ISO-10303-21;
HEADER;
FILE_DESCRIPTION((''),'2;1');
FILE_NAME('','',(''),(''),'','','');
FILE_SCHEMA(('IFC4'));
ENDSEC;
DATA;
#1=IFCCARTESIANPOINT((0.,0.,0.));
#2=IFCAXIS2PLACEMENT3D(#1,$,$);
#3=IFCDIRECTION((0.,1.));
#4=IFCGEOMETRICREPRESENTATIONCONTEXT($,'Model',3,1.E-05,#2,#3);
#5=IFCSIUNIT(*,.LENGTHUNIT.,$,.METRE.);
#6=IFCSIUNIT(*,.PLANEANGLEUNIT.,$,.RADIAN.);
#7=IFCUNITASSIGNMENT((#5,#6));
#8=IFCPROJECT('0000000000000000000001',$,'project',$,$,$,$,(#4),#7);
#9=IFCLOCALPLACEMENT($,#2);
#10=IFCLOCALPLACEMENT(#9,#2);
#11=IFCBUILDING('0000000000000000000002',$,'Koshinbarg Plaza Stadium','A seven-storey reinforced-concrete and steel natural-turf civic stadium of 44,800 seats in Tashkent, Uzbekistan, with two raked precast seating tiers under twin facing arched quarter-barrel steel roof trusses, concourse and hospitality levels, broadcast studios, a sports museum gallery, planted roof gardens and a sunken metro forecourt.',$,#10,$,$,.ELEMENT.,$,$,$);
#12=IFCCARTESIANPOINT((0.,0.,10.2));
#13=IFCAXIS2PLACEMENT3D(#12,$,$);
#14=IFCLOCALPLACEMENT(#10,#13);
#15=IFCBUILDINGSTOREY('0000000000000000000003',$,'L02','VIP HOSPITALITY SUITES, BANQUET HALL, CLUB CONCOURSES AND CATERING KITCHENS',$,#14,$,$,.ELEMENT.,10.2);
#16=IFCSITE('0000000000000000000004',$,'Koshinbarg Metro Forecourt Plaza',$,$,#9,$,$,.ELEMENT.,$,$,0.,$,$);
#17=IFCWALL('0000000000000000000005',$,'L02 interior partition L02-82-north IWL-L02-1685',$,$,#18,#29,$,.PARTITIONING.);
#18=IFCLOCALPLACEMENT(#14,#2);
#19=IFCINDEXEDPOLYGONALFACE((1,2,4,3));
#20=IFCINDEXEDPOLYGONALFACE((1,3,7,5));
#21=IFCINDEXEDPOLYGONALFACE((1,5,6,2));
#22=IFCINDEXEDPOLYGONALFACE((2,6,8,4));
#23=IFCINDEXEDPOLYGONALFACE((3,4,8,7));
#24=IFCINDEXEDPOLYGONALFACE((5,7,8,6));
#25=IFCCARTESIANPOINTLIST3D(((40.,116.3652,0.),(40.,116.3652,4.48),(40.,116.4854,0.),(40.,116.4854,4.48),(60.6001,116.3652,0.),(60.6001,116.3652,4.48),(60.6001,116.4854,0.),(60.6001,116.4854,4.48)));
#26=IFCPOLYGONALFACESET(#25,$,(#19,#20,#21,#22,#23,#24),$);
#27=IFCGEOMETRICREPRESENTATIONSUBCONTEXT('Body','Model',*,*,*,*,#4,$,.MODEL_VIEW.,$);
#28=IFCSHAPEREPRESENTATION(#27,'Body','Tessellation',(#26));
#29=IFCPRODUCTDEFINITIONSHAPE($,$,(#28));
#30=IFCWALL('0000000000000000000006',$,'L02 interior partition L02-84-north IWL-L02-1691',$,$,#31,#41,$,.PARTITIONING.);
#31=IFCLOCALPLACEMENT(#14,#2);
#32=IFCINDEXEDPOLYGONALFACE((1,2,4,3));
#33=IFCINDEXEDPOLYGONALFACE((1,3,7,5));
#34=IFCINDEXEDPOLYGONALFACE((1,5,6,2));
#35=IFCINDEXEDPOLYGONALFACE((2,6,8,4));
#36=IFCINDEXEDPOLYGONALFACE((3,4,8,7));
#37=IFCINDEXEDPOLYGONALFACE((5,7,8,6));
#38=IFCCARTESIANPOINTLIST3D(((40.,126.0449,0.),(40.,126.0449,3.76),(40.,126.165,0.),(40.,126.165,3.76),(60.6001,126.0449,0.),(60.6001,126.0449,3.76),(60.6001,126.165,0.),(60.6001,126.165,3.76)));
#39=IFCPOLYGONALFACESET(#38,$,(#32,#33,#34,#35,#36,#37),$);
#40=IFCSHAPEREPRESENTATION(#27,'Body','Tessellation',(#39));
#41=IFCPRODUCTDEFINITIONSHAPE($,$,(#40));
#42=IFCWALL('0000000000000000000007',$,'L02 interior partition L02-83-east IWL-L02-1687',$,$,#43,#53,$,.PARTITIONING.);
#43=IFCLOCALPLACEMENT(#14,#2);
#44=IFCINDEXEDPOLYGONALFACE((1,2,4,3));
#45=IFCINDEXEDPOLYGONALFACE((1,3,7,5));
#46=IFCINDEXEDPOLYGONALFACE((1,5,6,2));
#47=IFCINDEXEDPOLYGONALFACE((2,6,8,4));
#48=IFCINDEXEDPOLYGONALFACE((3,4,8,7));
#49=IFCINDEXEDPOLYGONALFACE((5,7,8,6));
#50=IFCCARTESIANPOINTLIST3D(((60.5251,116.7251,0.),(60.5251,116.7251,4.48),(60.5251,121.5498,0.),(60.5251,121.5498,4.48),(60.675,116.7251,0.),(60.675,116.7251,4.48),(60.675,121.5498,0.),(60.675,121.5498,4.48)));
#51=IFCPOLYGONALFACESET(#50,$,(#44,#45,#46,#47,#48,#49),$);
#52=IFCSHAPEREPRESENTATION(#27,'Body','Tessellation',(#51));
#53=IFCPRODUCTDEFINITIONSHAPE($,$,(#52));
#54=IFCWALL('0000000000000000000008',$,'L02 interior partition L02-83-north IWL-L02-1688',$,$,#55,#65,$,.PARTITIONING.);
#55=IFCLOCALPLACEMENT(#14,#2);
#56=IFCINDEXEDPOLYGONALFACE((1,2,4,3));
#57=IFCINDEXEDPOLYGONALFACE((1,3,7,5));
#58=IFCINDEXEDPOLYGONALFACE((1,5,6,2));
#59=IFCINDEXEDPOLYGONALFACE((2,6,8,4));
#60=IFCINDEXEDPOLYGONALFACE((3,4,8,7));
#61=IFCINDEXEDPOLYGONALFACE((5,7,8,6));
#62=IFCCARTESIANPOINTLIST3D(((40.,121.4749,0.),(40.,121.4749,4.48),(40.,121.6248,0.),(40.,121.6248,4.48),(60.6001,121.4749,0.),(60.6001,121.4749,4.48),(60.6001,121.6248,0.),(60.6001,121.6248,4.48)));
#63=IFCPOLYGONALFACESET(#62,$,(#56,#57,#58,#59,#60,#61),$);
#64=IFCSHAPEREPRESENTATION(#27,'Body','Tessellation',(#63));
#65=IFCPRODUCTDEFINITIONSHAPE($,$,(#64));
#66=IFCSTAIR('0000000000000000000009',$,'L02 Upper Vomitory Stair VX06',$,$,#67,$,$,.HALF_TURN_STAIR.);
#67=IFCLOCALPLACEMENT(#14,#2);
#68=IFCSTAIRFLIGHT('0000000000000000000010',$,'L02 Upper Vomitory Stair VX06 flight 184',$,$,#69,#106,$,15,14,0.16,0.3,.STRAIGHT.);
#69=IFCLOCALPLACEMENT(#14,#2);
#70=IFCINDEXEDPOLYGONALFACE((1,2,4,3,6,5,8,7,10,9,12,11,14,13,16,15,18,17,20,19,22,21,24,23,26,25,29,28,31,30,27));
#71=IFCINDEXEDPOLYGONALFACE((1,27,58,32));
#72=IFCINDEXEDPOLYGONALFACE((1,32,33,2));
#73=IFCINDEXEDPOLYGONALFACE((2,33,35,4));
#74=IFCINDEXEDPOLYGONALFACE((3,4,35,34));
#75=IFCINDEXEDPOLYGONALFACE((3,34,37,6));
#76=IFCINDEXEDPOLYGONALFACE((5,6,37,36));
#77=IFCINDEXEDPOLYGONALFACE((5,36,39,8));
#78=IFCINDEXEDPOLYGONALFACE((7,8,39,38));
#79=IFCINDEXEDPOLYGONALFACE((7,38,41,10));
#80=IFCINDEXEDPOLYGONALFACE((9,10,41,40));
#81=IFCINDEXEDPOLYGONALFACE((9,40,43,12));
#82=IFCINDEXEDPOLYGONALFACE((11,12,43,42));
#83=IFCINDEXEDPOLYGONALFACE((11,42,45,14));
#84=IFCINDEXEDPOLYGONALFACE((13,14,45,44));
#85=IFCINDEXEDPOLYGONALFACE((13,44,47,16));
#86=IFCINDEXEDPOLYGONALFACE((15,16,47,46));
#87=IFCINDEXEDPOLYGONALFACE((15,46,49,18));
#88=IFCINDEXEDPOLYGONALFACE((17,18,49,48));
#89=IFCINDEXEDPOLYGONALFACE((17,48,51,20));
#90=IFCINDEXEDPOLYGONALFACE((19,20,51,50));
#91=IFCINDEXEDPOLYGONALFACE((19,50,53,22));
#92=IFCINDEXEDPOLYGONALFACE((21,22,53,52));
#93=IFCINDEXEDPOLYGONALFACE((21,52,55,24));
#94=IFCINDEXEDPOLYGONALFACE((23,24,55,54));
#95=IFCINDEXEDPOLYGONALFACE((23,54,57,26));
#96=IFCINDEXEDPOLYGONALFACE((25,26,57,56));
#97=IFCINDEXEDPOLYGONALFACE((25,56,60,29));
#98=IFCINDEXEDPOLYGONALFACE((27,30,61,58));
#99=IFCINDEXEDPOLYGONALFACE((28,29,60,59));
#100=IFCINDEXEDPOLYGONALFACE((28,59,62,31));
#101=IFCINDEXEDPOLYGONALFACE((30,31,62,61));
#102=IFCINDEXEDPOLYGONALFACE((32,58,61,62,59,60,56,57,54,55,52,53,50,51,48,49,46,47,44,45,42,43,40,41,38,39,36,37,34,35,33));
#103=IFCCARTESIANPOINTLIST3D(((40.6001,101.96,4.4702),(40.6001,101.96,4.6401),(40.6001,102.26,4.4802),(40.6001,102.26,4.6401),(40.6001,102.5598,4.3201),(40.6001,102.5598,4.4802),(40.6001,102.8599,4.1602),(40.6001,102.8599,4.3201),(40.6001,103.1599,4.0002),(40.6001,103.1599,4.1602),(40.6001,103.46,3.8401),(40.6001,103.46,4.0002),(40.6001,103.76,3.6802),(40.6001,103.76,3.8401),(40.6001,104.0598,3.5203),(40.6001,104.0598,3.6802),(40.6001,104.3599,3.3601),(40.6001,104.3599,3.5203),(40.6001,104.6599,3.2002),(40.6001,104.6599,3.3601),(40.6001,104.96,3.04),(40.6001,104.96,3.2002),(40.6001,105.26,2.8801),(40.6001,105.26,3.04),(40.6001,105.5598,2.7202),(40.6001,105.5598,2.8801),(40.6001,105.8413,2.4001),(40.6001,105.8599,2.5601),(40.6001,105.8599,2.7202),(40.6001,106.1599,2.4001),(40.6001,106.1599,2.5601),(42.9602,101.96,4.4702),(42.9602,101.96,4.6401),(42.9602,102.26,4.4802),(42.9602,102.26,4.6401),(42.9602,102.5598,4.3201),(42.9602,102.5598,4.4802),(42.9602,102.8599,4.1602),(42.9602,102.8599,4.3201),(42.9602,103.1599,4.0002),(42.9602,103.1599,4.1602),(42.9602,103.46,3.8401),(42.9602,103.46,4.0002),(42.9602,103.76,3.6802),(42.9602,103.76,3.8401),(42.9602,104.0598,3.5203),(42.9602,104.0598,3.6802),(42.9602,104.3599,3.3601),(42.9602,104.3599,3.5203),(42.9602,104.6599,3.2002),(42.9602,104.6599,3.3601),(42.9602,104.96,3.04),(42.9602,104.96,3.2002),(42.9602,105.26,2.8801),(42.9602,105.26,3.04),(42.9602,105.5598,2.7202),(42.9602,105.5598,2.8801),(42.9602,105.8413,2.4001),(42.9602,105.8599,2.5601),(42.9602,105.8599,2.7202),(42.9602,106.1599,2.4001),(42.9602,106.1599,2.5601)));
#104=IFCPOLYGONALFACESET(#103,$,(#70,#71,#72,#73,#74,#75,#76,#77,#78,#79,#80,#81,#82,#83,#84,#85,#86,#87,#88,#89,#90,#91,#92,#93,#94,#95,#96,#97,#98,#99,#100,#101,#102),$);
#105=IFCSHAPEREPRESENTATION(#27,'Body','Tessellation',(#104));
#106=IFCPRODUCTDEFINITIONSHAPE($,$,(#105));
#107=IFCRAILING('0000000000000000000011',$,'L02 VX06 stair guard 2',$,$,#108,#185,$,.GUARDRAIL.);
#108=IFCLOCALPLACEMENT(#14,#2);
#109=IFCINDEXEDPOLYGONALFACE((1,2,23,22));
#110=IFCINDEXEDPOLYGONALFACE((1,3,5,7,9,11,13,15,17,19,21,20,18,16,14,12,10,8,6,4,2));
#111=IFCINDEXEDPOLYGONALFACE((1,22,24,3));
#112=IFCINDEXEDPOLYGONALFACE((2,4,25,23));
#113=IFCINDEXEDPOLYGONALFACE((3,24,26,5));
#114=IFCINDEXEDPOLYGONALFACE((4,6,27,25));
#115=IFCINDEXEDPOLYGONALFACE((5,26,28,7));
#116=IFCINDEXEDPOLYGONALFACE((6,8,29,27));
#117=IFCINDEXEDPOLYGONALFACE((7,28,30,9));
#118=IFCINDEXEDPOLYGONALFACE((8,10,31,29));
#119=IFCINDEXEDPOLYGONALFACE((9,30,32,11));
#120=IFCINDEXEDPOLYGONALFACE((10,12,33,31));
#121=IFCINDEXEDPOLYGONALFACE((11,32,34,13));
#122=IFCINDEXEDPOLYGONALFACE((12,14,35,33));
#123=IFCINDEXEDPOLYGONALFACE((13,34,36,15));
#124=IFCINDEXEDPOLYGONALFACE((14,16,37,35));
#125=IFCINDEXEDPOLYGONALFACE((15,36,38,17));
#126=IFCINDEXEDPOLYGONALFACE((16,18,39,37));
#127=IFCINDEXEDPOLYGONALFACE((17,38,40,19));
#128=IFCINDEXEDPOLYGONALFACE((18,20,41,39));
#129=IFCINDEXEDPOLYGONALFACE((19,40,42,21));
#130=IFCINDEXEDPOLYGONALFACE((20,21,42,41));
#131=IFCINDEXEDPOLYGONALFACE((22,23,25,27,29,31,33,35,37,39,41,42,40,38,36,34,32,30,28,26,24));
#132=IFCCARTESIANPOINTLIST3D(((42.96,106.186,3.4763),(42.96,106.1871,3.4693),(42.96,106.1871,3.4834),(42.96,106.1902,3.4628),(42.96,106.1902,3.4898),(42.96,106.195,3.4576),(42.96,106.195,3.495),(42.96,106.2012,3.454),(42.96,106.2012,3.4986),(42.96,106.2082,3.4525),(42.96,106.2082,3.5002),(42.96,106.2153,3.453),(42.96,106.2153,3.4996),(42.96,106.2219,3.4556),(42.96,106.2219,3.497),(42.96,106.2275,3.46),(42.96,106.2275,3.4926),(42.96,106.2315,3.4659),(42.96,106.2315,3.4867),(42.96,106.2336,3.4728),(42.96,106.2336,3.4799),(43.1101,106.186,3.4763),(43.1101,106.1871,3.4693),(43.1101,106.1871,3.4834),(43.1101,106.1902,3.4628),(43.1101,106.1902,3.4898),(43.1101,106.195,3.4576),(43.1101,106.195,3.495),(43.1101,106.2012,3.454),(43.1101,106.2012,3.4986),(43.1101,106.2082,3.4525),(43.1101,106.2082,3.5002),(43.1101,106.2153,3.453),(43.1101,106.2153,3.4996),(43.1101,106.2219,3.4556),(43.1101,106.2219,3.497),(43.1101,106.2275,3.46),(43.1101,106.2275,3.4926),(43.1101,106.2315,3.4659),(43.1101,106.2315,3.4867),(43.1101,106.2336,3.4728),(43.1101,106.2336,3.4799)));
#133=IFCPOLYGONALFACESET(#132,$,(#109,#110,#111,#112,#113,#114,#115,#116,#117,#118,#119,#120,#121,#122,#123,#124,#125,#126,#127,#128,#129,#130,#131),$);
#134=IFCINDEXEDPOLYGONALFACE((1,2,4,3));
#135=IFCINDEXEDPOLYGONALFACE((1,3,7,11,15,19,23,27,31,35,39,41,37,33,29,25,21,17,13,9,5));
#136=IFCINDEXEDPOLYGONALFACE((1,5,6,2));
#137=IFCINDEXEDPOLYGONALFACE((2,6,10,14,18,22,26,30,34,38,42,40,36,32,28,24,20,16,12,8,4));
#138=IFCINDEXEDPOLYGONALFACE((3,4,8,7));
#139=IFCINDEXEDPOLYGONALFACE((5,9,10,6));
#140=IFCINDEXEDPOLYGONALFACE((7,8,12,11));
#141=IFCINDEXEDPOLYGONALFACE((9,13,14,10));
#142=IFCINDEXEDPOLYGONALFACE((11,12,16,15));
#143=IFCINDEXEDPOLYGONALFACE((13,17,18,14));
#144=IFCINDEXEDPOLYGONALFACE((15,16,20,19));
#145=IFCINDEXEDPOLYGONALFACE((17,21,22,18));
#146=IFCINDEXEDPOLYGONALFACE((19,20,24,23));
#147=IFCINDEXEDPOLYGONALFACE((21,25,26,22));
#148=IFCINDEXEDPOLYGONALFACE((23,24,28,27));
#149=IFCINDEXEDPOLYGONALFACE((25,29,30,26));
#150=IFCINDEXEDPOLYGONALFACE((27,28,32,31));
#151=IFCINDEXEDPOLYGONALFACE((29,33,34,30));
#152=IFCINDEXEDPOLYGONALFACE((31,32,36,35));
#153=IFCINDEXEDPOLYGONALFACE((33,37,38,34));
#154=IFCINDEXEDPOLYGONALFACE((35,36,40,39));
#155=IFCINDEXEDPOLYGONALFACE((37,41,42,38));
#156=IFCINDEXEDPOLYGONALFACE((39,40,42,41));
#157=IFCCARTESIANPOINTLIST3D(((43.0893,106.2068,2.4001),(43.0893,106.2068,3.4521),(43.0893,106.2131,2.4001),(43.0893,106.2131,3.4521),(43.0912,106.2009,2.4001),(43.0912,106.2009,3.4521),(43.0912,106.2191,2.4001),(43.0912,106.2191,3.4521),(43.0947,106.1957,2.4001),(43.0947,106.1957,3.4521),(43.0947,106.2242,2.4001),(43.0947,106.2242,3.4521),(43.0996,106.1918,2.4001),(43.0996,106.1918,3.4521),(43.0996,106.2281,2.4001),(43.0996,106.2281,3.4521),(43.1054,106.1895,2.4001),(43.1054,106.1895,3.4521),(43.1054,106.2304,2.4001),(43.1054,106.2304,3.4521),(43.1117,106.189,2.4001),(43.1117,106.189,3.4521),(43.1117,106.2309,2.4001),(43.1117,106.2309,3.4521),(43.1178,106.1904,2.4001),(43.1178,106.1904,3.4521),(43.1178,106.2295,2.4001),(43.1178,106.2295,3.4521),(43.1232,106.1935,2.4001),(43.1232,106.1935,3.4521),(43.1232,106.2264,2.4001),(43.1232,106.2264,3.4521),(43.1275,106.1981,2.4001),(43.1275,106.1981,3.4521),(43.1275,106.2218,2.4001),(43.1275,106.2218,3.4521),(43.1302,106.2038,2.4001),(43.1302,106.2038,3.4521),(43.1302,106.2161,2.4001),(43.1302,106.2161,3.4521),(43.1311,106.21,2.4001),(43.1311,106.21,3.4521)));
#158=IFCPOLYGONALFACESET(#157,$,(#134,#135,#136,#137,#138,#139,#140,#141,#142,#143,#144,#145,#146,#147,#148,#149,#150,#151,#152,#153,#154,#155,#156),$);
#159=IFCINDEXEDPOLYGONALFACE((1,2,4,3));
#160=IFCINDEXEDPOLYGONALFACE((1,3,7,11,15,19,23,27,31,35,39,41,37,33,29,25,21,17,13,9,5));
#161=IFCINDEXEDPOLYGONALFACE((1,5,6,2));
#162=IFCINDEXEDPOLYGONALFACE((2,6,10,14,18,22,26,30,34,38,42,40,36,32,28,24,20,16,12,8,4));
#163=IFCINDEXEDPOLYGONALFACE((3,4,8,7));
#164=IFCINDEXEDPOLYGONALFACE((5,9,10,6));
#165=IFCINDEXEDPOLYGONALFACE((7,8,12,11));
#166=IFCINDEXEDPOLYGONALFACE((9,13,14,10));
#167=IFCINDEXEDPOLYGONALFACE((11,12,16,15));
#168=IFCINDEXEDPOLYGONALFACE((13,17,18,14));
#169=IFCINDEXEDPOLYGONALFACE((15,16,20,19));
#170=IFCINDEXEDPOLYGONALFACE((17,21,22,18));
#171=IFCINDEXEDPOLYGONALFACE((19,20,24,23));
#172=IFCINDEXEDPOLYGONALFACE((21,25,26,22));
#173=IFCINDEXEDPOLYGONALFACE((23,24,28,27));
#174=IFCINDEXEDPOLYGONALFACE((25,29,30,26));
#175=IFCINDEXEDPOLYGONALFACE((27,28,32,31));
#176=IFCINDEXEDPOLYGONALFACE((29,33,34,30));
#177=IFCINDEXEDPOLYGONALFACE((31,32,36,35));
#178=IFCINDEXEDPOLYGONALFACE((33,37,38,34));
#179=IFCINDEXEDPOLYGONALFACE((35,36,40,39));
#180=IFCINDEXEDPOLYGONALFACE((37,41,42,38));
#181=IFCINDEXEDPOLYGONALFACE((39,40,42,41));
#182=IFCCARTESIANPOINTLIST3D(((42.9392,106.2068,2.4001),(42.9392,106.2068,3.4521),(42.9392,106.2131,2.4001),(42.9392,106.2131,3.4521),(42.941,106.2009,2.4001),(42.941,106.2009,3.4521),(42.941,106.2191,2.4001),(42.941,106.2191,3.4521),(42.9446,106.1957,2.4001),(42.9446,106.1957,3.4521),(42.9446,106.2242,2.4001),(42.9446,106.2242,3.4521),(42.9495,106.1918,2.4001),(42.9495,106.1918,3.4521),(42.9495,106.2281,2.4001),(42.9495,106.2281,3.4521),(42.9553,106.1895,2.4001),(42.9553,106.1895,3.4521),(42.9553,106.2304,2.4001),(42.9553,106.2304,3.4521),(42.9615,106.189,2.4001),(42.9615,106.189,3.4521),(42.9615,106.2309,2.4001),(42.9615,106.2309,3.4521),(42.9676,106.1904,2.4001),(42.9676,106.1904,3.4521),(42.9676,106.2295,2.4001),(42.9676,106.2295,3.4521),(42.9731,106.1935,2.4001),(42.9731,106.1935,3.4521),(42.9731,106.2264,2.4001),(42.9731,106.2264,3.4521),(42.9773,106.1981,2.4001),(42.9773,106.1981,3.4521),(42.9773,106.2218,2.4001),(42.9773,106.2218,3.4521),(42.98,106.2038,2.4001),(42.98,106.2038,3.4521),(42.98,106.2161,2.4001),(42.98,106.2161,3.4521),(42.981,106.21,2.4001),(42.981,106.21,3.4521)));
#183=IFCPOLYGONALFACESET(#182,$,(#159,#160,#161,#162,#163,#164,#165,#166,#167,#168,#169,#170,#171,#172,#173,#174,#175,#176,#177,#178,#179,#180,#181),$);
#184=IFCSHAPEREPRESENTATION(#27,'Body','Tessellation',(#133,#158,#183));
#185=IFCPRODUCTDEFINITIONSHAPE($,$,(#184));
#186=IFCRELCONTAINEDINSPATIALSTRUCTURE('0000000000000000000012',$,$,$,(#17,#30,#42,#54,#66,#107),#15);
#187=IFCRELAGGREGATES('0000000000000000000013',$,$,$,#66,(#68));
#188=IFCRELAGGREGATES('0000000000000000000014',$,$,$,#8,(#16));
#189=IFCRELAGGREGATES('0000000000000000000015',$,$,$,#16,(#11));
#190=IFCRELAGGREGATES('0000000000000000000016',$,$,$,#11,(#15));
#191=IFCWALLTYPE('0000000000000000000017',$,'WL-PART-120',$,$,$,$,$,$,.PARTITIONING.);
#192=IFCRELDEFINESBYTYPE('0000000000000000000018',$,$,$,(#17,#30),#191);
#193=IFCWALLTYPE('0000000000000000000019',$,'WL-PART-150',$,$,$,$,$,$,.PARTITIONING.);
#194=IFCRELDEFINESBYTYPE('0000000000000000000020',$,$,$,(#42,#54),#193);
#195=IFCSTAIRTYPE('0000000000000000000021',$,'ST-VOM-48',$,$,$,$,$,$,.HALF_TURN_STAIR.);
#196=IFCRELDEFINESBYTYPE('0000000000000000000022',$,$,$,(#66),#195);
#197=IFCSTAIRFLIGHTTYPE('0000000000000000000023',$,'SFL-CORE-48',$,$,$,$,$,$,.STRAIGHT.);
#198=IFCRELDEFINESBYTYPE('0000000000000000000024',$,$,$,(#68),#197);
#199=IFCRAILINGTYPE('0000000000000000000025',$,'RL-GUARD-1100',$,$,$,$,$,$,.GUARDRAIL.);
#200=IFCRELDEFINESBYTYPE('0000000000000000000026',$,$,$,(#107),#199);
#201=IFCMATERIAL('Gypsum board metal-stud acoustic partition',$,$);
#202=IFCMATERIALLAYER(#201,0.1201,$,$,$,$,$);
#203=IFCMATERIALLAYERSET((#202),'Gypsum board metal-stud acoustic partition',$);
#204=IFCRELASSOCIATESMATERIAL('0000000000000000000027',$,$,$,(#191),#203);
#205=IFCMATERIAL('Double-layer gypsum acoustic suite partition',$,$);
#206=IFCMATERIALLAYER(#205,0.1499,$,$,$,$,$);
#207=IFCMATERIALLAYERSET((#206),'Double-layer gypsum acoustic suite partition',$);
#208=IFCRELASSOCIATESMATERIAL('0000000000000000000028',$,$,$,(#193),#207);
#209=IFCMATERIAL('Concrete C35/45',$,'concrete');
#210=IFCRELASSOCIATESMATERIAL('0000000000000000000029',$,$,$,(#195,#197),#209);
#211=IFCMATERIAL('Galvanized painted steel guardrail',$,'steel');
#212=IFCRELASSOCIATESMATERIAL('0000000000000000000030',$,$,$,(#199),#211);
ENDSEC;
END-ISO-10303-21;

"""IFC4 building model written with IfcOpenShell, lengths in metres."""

from ifc_helpers import new_model, si_unit, direction, frame, frame_2d, origin, origin_2d, place, context, subcontext, project, spatial, polyline, rectangle, circle, outline, extrude, material, layer, layer_set, type_object, element, aggregate, save


model = new_model("IFC4")

# Units and contexts
model_context = context("Model", 3, precision=1e-05, world=origin(), true_north=direction((0.0, 1.0)))
body_context = subcontext(model_context, "Body", "Model", "MODEL_VIEW")
ifc_project = project(units=[si_unit("LENGTHUNIT", "METRE"), si_unit("PLANEANGLEUNIT", "RADIAN")], contexts=[model_context])

# Site, building, storey
site_placement = place(None, origin())
site = spatial("IfcSite", under=ifc_project, at=site_placement, Name="Koshinbarg Metro Forecourt Plaza", CompositionType="ELEMENT", RefElevation=0.0)
building_placement = place(site_placement, origin())
building = spatial("IfcBuilding", under=site, at=building_placement, Name="Koshinbarg Plaza Stadium", Description="A seven-storey reinforced-concrete and steel natural-turf civic stadium of 44,800 seats in Tashkent, Uzbekistan, with two raked precast seating tiers under twin facing arched quarter-barrel steel roof trusses, concourse and hospitality levels, broadcast studios, a sports museum gallery, planted roof gardens and a sunken metro forecourt.", CompositionType="ELEMENT")
storey_placement = place(building_placement, frame((0.0, 0.0, 10.2)))
storey = spatial("IfcBuildingStorey", under=building, at=storey_placement, Name="L02", Description="VIP HOSPITALITY SUITES, BANQUET HALL, CLUB CONCOURSES AND CATERING KITCHENS", CompositionType="ELEMENT", Elevation=10.2)

# Walls
ifc_material_1 = material(Name="Gypsum board metal-stud acoustic partition")
ifc_layer_1 = layer(ifc_material_1, 0.1201)
ifc_layer_set_1 = layer_set([ifc_layer_1], Name="Gypsum board metal-stud acoustic partition")
wall_type_1 = type_object("IfcWallType", Name="WL-PART-120", PredefinedType="PARTITIONING", material=ifc_layer_set_1)
wall_1_placement = place(storey_placement, frame((60.6001, 116.4253, 0.0), z_axis=(0.0, 0.0, 1.0), x_axis=(-1.0, 0.0, 0.0)))
element("IfcWall", 1, at=wall_1_placement, inside=storey, type_object=wall_type_1, Name="L02 interior partition L02-82-north IWL-L02-1685", PredefinedType="PARTITIONING", context=body_context, shape_type="SweptSolid", body=[
    extrude(rectangle(XDim=20.6001, YDim=0.1201, at=frame_2d((10.3, 0.0))), origin(), (0.0, 0.0, 1.0), 4.48),
])
wall_2_placement = place(storey_placement, frame((60.6001, 126.105, 0.0), z_axis=(0.0, 0.0, 1.0), x_axis=(-1.0, 0.0, 0.0)))
element("IfcWall", 2, at=wall_2_placement, inside=storey, type_object=wall_type_1, Name="L02 interior partition L02-84-north IWL-L02-1691", PredefinedType="PARTITIONING", context=body_context, shape_type="SweptSolid", body=[
    extrude(rectangle(XDim=20.6001, YDim=0.1201, at=frame_2d((10.3, 0.0))), origin(), (0.0, 0.0, 1.0), 3.76),
])
ifc_material_2 = material(Name="Double-layer gypsum acoustic suite partition")
ifc_layer_2 = layer(ifc_material_2, 0.1499)
ifc_layer_set_2 = layer_set([ifc_layer_2], Name="Double-layer gypsum acoustic suite partition")
wall_type_2 = type_object("IfcWallType", Name="WL-PART-150", PredefinedType="PARTITIONING", material=ifc_layer_set_2)
wall_3_placement = place(storey_placement, frame((60.6001, 116.7251, 0.0), z_axis=(0.0, 0.0, 1.0), x_axis=(0.0, 1.0, 0.0)))
element("IfcWall", 3, at=wall_3_placement, inside=storey, type_object=wall_type_2, Name="L02 interior partition L02-83-east IWL-L02-1687", PredefinedType="PARTITIONING", context=body_context, shape_type="SweptSolid", body=[
    extrude(rectangle(XDim=4.8247, YDim=0.1499, at=frame_2d((2.4124, 0.0))), origin(), (0.0, 0.0, 1.0), 4.48),
])
wall_4_placement = place(storey_placement, frame((60.6001, 121.5498, 0.0), z_axis=(0.0, 0.0, 1.0), x_axis=(-1.0, 0.0, 0.0)))
element("IfcWall", 4, at=wall_4_placement, inside=storey, type_object=wall_type_2, Name="L02 interior partition L02-83-north IWL-L02-1688", PredefinedType="PARTITIONING", context=body_context, shape_type="SweptSolid", body=[
    extrude(rectangle(XDim=20.6001, YDim=0.1499, at=frame_2d((10.3, 0.0))), origin(), (0.0, 0.0, 1.0), 4.48),
])

# Stair, stair flight
ifc_material_3 = material(Name="Concrete C35/45", Category="concrete")
stair_type = type_object("IfcStairType", Name="ST-VOM-48", PredefinedType="HALF_TURN_STAIR", material=ifc_material_3)
stair_placement = place(storey_placement, origin())
stair = element("IfcStair", 5, at=stair_placement, inside=storey, type_object=stair_type, Name="L02 Upper Vomitory Stair VX06", PredefinedType="HALF_TURN_STAIR")
stair_flight_type = type_object("IfcStairFlightType", Name="SFL-CORE-48", PredefinedType="STRAIGHT", material=ifc_material_3)
stair_flight_placement = place(storey_placement, frame((41.78, 106.1599, 2.4001), z_axis=(0.0, 0.0, 1.0), x_axis=(0.0, -1.0, 0.0)))
stair_flight = element("IfcStairFlight", 6, at=stair_flight_placement, type_object=stair_flight_type, Name="L02 Upper Vomitory Stair VX06 flight 184", NumberOfRisers=15, NumberOfTreads=14, PredefinedType="STRAIGHT", RiserHeight=0.16, TreadLength=0.3, context=body_context, shape_type="SweptSolid", body=[
    extrude(outline(polyline([(0.0, 0.0), (0.0, 0.1599), (0.3, 0.1599), (0.3, 0.3201), (0.6001, 0.3201), (0.6001, 0.48), (0.8999, 0.48), (0.8999, 0.6399), (1.2, 0.6399), (1.2, 0.8), (1.5, 0.8), (1.5, 0.96), (1.8, 0.96), (1.8, 1.1201), (2.1001, 1.1201), (2.1001, 1.28), (2.3999, 1.28), (2.3999, 1.4399), (2.7, 1.4399), (2.7, 1.6001), (3.0, 1.6001), (3.0, 1.76), (3.3, 1.76), (3.3, 1.9199), (3.6001, 1.9199), (3.6001, 2.0801), (3.8999, 2.0801), (3.8999, 2.24), (4.2, 2.24), (4.2, 2.3999), (4.2, 2.0701), (0.3186, 0.0), (0.0, 0.0)])), frame((0.0, 1.1802, 0.0), z_axis=(0.0, -1.0, 0.0), x_axis=(1.0, 0.0, 0.0)), (0.0, 0.0, 1.0), 2.3601),
])
aggregate(stair, [stair_flight])

# Railing
ifc_material_4 = material(Name="Galvanized painted steel guardrail", Category="steel")
railing_type_1 = type_object("IfcRailingType", Name="RL-GUARD-1100", PredefinedType="GUARDRAIL", material=ifc_material_4)
railing_1_placement = place(storey_placement, frame((43.1101, 106.21, 2.4001)))
element("IfcRailing", 7, at=railing_1_placement, inside=storey, type_object=railing_type_1, Name="L02 VX06 stair guard 2", PredefinedType="GUARDRAIL", context=body_context, shape_type="SweptSolid", body=[
    extrude(circle(Radius=0.0239, at=origin_2d()), frame((0.0, 0.0, 1.0762), z_axis=(-1.0, 0.0, 0.0), x_axis=(0.0, -1.0, 0.0)), (0.0, 0.0, 1.0), 0.1501),
    extrude(circle(Radius=0.021, at=origin_2d()), origin(), (0.0, 0.0, 1.0), 1.052),
    extrude(circle(Radius=0.021, at=origin_2d()), frame((-0.1501, 0.0, 0.0)), (0.0, 0.0, 1.0), 1.052),
])

save(model, "model.ifc")
